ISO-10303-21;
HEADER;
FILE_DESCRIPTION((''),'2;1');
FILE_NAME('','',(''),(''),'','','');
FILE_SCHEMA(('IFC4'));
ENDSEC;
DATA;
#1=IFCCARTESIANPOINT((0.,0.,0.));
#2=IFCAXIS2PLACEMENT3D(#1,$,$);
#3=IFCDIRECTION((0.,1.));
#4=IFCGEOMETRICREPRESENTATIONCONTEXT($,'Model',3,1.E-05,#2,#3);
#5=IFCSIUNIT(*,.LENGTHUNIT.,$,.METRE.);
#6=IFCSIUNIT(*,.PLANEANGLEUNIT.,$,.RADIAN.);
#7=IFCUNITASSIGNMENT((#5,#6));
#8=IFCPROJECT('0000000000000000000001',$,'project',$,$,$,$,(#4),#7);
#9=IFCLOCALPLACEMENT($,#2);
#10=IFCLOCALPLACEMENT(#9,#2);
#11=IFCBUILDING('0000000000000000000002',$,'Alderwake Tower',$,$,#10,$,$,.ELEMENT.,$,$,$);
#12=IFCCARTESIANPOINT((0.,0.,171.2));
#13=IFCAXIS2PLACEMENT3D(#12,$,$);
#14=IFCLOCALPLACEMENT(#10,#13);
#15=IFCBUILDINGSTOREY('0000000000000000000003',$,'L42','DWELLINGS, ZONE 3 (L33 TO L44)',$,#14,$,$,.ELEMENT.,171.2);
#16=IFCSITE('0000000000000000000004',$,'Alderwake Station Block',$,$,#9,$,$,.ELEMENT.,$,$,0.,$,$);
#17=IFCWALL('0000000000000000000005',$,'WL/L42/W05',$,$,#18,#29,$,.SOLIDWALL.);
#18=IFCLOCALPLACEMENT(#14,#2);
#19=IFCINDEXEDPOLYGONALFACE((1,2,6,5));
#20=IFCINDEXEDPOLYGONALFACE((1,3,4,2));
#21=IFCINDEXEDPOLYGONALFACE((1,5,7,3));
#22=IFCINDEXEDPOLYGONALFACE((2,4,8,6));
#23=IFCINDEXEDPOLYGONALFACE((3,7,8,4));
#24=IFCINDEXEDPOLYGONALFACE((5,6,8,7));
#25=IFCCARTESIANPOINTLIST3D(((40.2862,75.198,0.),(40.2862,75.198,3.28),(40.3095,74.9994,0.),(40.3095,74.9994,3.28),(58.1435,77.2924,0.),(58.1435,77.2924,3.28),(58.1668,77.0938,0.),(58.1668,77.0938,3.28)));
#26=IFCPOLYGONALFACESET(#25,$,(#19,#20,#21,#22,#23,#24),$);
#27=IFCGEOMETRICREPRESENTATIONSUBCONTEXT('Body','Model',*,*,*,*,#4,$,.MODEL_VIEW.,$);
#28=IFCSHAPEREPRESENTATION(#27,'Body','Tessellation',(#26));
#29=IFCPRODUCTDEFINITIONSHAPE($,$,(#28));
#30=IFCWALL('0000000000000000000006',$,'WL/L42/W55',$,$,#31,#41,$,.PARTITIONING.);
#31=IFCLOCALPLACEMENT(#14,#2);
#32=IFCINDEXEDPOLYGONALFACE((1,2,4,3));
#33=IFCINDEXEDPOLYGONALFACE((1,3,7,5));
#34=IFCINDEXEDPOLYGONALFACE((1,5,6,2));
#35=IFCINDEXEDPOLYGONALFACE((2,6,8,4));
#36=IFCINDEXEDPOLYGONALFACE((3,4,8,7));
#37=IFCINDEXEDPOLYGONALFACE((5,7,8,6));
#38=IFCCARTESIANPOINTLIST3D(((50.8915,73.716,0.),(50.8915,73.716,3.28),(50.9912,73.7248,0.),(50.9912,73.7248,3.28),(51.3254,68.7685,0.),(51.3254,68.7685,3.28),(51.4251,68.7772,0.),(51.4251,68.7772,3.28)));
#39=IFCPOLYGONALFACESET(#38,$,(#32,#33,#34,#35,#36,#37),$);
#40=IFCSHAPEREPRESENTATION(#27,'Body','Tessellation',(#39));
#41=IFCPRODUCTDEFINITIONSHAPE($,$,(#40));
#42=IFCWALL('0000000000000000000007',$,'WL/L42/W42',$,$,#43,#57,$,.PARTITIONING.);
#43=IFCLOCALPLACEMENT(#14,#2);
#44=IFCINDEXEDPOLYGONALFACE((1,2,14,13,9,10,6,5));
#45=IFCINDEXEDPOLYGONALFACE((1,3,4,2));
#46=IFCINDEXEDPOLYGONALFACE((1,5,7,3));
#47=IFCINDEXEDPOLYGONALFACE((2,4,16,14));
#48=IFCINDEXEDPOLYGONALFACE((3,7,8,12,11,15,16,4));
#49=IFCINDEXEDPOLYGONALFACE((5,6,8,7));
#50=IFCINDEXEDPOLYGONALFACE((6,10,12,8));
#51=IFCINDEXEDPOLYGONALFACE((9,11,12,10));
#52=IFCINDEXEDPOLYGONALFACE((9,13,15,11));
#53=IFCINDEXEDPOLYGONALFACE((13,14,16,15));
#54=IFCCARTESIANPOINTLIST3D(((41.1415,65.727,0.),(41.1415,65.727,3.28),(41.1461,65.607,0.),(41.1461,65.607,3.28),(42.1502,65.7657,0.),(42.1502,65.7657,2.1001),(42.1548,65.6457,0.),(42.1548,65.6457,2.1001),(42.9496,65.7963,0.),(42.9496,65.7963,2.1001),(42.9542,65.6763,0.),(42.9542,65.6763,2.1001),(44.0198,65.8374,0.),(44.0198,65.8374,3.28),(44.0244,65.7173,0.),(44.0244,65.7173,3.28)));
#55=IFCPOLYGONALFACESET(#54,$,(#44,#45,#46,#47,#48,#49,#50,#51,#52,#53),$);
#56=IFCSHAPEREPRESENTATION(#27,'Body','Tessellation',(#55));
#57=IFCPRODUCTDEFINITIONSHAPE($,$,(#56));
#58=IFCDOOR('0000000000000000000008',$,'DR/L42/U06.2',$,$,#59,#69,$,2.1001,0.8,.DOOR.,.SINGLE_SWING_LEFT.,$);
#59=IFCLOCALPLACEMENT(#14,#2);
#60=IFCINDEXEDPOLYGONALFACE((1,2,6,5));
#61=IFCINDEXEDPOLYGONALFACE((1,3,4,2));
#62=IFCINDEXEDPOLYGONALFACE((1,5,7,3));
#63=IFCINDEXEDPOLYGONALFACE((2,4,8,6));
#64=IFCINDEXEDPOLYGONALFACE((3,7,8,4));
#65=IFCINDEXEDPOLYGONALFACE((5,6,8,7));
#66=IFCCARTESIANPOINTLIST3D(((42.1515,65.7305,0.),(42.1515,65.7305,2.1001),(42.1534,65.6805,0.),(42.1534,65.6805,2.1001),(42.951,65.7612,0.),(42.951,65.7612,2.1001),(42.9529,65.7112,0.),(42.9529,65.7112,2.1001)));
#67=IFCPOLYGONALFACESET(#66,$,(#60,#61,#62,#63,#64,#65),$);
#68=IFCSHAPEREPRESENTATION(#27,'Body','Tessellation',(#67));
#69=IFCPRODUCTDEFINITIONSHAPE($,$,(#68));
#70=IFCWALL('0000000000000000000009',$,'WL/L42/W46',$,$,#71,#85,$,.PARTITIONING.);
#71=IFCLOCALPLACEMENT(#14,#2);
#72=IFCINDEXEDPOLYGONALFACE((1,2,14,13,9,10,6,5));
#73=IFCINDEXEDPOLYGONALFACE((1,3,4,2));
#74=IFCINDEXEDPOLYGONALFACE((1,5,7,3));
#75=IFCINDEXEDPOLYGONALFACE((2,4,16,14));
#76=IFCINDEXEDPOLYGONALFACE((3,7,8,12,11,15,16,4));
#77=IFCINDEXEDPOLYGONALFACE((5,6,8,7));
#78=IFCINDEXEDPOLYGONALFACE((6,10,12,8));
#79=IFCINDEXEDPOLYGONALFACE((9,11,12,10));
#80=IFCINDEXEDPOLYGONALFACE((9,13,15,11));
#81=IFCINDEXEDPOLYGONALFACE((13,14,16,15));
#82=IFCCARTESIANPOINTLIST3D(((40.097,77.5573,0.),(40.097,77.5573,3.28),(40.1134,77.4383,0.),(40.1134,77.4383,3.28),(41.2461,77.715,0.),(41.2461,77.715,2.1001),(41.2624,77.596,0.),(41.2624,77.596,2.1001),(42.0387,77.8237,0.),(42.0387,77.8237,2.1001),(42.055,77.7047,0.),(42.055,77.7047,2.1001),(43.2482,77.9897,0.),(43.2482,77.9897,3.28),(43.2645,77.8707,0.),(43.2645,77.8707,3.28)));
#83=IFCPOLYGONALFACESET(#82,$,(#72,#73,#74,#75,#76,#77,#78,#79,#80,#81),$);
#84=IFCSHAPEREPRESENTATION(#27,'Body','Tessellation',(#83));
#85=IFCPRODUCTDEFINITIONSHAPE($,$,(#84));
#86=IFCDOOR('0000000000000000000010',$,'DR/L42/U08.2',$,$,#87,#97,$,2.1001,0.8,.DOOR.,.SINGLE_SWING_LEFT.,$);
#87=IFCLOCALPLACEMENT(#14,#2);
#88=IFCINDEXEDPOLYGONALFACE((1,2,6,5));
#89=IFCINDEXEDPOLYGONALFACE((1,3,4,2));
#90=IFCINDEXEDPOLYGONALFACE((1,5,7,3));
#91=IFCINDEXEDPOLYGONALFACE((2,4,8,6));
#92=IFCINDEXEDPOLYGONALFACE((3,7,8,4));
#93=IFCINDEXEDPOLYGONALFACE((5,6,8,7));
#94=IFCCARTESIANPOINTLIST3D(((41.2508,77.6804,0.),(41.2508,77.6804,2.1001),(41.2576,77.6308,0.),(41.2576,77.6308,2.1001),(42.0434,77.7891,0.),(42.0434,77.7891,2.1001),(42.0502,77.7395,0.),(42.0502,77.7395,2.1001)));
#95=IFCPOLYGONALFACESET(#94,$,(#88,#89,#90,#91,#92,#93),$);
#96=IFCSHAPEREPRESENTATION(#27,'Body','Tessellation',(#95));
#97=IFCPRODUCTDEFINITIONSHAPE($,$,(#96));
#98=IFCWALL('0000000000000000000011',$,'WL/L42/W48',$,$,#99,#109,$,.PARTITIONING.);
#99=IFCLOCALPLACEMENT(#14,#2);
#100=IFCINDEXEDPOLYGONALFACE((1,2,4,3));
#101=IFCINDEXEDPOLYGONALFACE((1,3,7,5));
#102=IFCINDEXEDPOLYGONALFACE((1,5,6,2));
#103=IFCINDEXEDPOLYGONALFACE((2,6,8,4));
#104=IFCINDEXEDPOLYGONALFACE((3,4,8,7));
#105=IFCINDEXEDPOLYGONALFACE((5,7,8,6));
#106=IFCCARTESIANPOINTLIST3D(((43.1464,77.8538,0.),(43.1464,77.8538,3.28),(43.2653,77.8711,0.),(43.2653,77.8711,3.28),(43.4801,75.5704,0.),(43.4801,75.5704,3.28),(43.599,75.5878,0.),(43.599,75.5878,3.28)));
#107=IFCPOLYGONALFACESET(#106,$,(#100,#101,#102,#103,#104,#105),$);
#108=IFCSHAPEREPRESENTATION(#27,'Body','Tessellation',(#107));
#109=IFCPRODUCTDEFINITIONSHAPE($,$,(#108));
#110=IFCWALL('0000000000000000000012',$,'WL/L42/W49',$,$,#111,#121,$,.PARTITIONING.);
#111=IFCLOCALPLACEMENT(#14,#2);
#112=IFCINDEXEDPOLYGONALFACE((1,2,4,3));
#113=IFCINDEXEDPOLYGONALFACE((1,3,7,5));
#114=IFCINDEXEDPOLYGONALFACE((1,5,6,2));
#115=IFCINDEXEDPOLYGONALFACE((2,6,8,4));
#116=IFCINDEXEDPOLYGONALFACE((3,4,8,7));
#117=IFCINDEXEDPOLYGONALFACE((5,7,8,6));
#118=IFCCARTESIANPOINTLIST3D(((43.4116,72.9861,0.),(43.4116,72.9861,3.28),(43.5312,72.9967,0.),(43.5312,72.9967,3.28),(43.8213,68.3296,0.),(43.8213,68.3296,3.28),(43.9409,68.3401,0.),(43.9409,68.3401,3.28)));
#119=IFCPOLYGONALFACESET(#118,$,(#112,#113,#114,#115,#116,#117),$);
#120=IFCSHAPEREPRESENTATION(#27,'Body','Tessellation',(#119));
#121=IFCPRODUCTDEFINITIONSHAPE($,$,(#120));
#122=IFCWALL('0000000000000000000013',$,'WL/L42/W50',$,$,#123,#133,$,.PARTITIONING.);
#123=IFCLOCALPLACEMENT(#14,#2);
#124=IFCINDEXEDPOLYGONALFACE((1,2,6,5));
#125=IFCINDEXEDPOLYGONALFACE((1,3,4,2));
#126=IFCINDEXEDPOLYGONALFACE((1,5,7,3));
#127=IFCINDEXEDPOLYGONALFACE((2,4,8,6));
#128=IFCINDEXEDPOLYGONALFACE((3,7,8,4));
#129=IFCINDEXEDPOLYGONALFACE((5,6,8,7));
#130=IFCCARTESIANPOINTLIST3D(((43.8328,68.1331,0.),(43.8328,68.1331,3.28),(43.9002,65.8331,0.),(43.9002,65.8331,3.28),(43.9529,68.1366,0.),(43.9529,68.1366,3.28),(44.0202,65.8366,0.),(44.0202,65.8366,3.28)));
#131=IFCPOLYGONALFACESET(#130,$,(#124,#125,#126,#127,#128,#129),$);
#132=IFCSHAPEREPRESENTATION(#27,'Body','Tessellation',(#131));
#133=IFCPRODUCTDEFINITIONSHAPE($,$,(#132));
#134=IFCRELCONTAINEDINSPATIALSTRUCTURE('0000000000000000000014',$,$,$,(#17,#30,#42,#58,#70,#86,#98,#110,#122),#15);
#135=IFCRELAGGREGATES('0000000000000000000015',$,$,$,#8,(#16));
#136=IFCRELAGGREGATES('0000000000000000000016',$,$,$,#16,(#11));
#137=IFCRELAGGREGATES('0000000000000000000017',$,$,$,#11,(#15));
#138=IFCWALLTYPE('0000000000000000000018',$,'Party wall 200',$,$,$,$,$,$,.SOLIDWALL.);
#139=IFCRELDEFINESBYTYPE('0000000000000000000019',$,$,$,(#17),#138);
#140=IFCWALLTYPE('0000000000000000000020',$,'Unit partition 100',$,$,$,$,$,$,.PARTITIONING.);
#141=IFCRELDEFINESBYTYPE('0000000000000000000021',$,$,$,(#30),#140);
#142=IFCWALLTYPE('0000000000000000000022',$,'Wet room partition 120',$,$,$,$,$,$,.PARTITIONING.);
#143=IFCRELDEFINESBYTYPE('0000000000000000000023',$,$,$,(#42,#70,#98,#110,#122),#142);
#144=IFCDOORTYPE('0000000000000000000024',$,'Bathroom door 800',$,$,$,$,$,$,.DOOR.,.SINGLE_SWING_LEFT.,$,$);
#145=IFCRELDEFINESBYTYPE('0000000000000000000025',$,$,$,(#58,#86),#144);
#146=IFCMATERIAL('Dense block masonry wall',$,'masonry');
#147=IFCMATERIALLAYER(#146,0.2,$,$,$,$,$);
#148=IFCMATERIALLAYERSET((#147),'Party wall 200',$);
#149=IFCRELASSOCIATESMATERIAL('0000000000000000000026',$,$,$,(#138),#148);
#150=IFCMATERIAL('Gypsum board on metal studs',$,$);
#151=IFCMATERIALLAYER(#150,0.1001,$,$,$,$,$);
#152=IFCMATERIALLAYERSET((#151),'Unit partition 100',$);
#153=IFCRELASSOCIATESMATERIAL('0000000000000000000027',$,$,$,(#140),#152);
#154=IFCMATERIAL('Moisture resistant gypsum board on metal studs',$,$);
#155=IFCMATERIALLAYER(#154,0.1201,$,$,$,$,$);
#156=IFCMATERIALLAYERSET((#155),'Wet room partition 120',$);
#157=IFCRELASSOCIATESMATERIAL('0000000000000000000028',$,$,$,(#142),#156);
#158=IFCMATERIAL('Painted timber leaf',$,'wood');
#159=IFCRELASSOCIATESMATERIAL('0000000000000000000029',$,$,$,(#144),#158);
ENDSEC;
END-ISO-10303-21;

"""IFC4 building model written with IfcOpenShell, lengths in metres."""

from ifc_helpers import new_model, si_unit, direction, frame, frame_2d, origin, place, context, subcontext, project, spatial, rectangle, extrude, material, layer, layer_set, type_object, element, fill, save


model = new_model("IFC4")

# Units and contexts
model_context = context("Model", 3, precision=1e-05, world=origin(), true_north=direction((0.0, 1.0)))
body_context = subcontext(model_context, "Body", "Model", "MODEL_VIEW")
ifc_project = project(units=[si_unit("LENGTHUNIT", "METRE"), si_unit("PLANEANGLEUNIT", "RADIAN")], contexts=[model_context])

# Site, building, storey
site_placement = place(None, origin())
site = spatial("IfcSite", under=ifc_project, at=site_placement, Name="Alderwake Station Block", CompositionType="ELEMENT", RefElevation=0.0)
building_placement = place(site_placement, origin())
building = spatial("IfcBuilding", under=site, at=building_placement, Name="Alderwake Tower", CompositionType="ELEMENT")
storey_placement = place(building_placement, frame((0.0, 0.0, 171.2)))
storey = spatial("IfcBuildingStorey", under=building, at=storey_placement, Name="L42", Description="DWELLINGS, ZONE 3 (L33 TO L44)", CompositionType="ELEMENT", Elevation=171.2)

# Walls
ifc_material_1 = material(Name="Dense block masonry wall", Category="masonry")
ifc_layer_1 = layer(ifc_material_1, 0.2)
ifc_layer_set_1 = layer_set([ifc_layer_1], Name="Party wall 200")
wall_type_1 = type_object("IfcWallType", Name="Party wall 200", PredefinedType="SOLIDWALL", material=ifc_layer_set_1)
wall_1_placement = place(storey_placement, frame((58.155, 77.1931, 0.0), z_axis=(0.0, 0.0, 1.0), x_axis=(-0.993192, -0.116491, 0.0)))
element("IfcWall", 1, at=wall_1_placement, inside=storey, type_object=wall_type_1, Name="WL/L42/W05", PredefinedType="SOLIDWALL", context=body_context, shape_type="SweptSolid", body=[
    extrude(rectangle(XDim=17.9797, YDim=0.2, at=frame_2d((8.9897, 0.0))), origin(), (0.0, 0.0, 1.0), 3.28),
])
ifc_material_2 = material(Name="Gypsum board on metal studs")
ifc_layer_2 = layer(ifc_material_2, 0.1001)
ifc_layer_set_2 = layer_set([ifc_layer_2], Name="Unit partition 100")
wall_type_2 = type_object("IfcWallType", Name="Unit partition 100", PredefinedType="PARTITIONING", material=ifc_layer_set_2)
wall_2_placement = place(storey_placement, frame((51.3752, 68.7727, 0.0), z_axis=(0.0, 0.0, 1.0), x_axis=(-0.087353, 0.996177, 0.0)))
element("IfcWall", 2, at=wall_2_placement, inside=storey, type_object=wall_type_2, Name="WL/L42/W55", PredefinedType="PARTITIONING", context=body_context, shape_type="SweptSolid", body=[
    extrude(rectangle(XDim=4.9666, YDim=0.1001, at=frame_2d((2.4834, 0.0))), origin(), (0.0, 0.0, 1.0), 3.28),
])

# Walls, openings, doors
ifc_material_3 = material(Name="Moisture resistant gypsum board on metal studs")
ifc_layer_3 = layer(ifc_material_3, 0.1201)
ifc_layer_set_3 = layer_set([ifc_layer_3], Name="Wet room partition 120")
wall_type_3 = type_object("IfcWallType", Name="Wet room partition 120", PredefinedType="PARTITIONING", material=ifc_layer_set_3)
wall_3_placement = place(storey_placement, frame((41.1438, 65.667, 0.0), z_axis=(0.0, 0.0, 1.0), x_axis=(0.999266, 0.038313, 0.0)))
wall_3 = element("IfcWall", 3, at=wall_3_placement, inside=storey, type_object=wall_type_3, Name="WL/L42/W42", PredefinedType="PARTITIONING", context=body_context, shape_type="SweptSolid", body=[
    extrude(rectangle(XDim=2.8804, YDim=0.1201, at=frame_2d((1.4402, 0.0))), origin(), (0.0, 0.0, 1.0), 3.28),
])
opening_1_placement = place(wall_3_placement, frame((1.0095, 0.0, 0.0)))
opening_1 = element("IfcOpeningElement", 4, at=opening_1_placement, cuts=wall_3, PredefinedType="OPENING", context=body_context, shape_type="SweptSolid", body=[
    extrude(rectangle(XDim=0.8, YDim=2.1001, at=frame_2d((0.3999, 1.05))), frame((0.0, 0.0701, 0.0), z_axis=(0.0, -1.0, 0.0), x_axis=(1.0, 0.0, 0.0)), (0.0, 0.0, 1.0), 0.1401),
])
ifc_material_4 = material(Name="Painted timber leaf", Category="wood")
door_type_1 = type_object("IfcDoorType", Name="Bathroom door 800", OperationType="SINGLE_SWING_LEFT", PredefinedType="DOOR", material=ifc_material_4)
door_1_placement = place(opening_1_placement, origin())
door_1 = element("IfcDoor", 5, at=door_1_placement, inside=storey, type_object=door_type_1, Name="DR/L42/U06.2", OperationType="SINGLE_SWING_LEFT", OverallHeight=2.1001, OverallWidth=0.8, PredefinedType="DOOR", context=body_context, shape_type="SweptSolid", body=[
    extrude(rectangle(XDim=0.8, YDim=2.1001, at=frame_2d((0.3999, 1.05))), frame((0.0, 0.0249, 0.0), z_axis=(0.0, -1.0, 0.0), x_axis=(1.0, 0.0, 0.0)), (0.0, 0.0, 1.0), 0.05),
])
fill(opening_1, door_1)
wall_4_placement = place(storey_placement, frame((43.2563, 77.9302, 0.0), z_axis=(0.0, 0.0, 1.0), x_axis=(-0.990717, -0.135939, 0.0)))
wall_4 = element("IfcWall", 6, at=wall_4_placement, inside=storey, type_object=wall_type_3, Name="WL/L42/W46", PredefinedType="PARTITIONING", context=body_context, shape_type="SweptSolid", body=[
    extrude(rectangle(XDim=3.1807, YDim=0.1201, at=frame_2d((1.5903, 0.0))), origin(), (0.0, 0.0, 1.0), 3.28),
])
opening_2_placement = place(wall_4_placement, frame((1.2209, 0.0, 0.0)))
opening_2 = element("IfcOpeningElement", 7, at=opening_2_placement, cuts=wall_4, PredefinedType="OPENING", context=body_context, shape_type="SweptSolid", body=[
    extrude(rectangle(XDim=0.8, YDim=2.1001, at=frame_2d((0.3999, 1.05))), frame((0.0, 0.0701, 0.0), z_axis=(0.0, -1.0, 0.0), x_axis=(1.0, 0.0, 0.0)), (0.0, 0.0, 1.0), 0.1401),
])
door_2_placement = place(opening_2_placement, origin())
door_2 = element("IfcDoor", 8, at=door_2_placement, inside=storey, type_object=door_type_1, Name="DR/L42/U08.2", OperationType="SINGLE_SWING_LEFT", OverallHeight=2.1001, OverallWidth=0.8, PredefinedType="DOOR", context=body_context, shape_type="SweptSolid", body=[
    extrude(rectangle(XDim=0.8, YDim=2.1001, at=frame_2d((0.3999, 1.05))), frame((0.0, 0.0249, 0.0), z_axis=(0.0, -1.0, 0.0), x_axis=(1.0, 0.0, 0.0)), (0.0, 0.0, 1.0), 0.05),
])
fill(opening_2, door_2)

# Walls
wall_5_placement = place(storey_placement, frame((43.5396, 75.5791, 0.0), z_axis=(0.0, 0.0, 1.0), x_axis=(-0.14462, 0.989487, 0.0)))
element("IfcWall", 9, at=wall_5_placement, inside=storey, type_object=wall_type_3, Name="WL/L42/W48", PredefinedType="PARTITIONING", context=body_context, shape_type="SweptSolid", body=[
    extrude(rectangle(XDim=2.3076, YDim=0.1201, at=frame_2d((1.1538, 0.0))), origin(), (0.0, 0.0, 1.0), 3.28),
])
wall_6_placement = place(storey_placement, frame((43.8811, 68.3347, 0.0), z_axis=(0.0, 0.0, 1.0), x_axis=(-0.087639, 0.996152, 0.0)))
element("IfcWall", 10, at=wall_6_placement, inside=storey, type_object=wall_type_3, Name="WL/L42/W49", PredefinedType="PARTITIONING", context=body_context, shape_type="SweptSolid", body=[
    extrude(rectangle(XDim=4.6746, YDim=0.1201, at=frame_2d((2.3374, 0.0))), origin(), (0.0, 0.0, 1.0), 3.28),
])
wall_7_placement = place(storey_placement, frame((43.9602, 65.835, 0.0), z_axis=(0.0, 0.0, 1.0), x_axis=(-0.029284, 0.999571, 0.0)))
element("IfcWall", 11, at=wall_7_placement, inside=storey, type_object=wall_type_3, Name="WL/L42/W50", PredefinedType="PARTITIONING", context=body_context, shape_type="SweptSolid", body=[
    extrude(rectangle(XDim=2.301, YDim=0.1201, at=frame_2d((1.1504, 0.0))), origin(), (0.0, 0.0, 1.0), 3.28),
])

save(model, "model.ifc")
